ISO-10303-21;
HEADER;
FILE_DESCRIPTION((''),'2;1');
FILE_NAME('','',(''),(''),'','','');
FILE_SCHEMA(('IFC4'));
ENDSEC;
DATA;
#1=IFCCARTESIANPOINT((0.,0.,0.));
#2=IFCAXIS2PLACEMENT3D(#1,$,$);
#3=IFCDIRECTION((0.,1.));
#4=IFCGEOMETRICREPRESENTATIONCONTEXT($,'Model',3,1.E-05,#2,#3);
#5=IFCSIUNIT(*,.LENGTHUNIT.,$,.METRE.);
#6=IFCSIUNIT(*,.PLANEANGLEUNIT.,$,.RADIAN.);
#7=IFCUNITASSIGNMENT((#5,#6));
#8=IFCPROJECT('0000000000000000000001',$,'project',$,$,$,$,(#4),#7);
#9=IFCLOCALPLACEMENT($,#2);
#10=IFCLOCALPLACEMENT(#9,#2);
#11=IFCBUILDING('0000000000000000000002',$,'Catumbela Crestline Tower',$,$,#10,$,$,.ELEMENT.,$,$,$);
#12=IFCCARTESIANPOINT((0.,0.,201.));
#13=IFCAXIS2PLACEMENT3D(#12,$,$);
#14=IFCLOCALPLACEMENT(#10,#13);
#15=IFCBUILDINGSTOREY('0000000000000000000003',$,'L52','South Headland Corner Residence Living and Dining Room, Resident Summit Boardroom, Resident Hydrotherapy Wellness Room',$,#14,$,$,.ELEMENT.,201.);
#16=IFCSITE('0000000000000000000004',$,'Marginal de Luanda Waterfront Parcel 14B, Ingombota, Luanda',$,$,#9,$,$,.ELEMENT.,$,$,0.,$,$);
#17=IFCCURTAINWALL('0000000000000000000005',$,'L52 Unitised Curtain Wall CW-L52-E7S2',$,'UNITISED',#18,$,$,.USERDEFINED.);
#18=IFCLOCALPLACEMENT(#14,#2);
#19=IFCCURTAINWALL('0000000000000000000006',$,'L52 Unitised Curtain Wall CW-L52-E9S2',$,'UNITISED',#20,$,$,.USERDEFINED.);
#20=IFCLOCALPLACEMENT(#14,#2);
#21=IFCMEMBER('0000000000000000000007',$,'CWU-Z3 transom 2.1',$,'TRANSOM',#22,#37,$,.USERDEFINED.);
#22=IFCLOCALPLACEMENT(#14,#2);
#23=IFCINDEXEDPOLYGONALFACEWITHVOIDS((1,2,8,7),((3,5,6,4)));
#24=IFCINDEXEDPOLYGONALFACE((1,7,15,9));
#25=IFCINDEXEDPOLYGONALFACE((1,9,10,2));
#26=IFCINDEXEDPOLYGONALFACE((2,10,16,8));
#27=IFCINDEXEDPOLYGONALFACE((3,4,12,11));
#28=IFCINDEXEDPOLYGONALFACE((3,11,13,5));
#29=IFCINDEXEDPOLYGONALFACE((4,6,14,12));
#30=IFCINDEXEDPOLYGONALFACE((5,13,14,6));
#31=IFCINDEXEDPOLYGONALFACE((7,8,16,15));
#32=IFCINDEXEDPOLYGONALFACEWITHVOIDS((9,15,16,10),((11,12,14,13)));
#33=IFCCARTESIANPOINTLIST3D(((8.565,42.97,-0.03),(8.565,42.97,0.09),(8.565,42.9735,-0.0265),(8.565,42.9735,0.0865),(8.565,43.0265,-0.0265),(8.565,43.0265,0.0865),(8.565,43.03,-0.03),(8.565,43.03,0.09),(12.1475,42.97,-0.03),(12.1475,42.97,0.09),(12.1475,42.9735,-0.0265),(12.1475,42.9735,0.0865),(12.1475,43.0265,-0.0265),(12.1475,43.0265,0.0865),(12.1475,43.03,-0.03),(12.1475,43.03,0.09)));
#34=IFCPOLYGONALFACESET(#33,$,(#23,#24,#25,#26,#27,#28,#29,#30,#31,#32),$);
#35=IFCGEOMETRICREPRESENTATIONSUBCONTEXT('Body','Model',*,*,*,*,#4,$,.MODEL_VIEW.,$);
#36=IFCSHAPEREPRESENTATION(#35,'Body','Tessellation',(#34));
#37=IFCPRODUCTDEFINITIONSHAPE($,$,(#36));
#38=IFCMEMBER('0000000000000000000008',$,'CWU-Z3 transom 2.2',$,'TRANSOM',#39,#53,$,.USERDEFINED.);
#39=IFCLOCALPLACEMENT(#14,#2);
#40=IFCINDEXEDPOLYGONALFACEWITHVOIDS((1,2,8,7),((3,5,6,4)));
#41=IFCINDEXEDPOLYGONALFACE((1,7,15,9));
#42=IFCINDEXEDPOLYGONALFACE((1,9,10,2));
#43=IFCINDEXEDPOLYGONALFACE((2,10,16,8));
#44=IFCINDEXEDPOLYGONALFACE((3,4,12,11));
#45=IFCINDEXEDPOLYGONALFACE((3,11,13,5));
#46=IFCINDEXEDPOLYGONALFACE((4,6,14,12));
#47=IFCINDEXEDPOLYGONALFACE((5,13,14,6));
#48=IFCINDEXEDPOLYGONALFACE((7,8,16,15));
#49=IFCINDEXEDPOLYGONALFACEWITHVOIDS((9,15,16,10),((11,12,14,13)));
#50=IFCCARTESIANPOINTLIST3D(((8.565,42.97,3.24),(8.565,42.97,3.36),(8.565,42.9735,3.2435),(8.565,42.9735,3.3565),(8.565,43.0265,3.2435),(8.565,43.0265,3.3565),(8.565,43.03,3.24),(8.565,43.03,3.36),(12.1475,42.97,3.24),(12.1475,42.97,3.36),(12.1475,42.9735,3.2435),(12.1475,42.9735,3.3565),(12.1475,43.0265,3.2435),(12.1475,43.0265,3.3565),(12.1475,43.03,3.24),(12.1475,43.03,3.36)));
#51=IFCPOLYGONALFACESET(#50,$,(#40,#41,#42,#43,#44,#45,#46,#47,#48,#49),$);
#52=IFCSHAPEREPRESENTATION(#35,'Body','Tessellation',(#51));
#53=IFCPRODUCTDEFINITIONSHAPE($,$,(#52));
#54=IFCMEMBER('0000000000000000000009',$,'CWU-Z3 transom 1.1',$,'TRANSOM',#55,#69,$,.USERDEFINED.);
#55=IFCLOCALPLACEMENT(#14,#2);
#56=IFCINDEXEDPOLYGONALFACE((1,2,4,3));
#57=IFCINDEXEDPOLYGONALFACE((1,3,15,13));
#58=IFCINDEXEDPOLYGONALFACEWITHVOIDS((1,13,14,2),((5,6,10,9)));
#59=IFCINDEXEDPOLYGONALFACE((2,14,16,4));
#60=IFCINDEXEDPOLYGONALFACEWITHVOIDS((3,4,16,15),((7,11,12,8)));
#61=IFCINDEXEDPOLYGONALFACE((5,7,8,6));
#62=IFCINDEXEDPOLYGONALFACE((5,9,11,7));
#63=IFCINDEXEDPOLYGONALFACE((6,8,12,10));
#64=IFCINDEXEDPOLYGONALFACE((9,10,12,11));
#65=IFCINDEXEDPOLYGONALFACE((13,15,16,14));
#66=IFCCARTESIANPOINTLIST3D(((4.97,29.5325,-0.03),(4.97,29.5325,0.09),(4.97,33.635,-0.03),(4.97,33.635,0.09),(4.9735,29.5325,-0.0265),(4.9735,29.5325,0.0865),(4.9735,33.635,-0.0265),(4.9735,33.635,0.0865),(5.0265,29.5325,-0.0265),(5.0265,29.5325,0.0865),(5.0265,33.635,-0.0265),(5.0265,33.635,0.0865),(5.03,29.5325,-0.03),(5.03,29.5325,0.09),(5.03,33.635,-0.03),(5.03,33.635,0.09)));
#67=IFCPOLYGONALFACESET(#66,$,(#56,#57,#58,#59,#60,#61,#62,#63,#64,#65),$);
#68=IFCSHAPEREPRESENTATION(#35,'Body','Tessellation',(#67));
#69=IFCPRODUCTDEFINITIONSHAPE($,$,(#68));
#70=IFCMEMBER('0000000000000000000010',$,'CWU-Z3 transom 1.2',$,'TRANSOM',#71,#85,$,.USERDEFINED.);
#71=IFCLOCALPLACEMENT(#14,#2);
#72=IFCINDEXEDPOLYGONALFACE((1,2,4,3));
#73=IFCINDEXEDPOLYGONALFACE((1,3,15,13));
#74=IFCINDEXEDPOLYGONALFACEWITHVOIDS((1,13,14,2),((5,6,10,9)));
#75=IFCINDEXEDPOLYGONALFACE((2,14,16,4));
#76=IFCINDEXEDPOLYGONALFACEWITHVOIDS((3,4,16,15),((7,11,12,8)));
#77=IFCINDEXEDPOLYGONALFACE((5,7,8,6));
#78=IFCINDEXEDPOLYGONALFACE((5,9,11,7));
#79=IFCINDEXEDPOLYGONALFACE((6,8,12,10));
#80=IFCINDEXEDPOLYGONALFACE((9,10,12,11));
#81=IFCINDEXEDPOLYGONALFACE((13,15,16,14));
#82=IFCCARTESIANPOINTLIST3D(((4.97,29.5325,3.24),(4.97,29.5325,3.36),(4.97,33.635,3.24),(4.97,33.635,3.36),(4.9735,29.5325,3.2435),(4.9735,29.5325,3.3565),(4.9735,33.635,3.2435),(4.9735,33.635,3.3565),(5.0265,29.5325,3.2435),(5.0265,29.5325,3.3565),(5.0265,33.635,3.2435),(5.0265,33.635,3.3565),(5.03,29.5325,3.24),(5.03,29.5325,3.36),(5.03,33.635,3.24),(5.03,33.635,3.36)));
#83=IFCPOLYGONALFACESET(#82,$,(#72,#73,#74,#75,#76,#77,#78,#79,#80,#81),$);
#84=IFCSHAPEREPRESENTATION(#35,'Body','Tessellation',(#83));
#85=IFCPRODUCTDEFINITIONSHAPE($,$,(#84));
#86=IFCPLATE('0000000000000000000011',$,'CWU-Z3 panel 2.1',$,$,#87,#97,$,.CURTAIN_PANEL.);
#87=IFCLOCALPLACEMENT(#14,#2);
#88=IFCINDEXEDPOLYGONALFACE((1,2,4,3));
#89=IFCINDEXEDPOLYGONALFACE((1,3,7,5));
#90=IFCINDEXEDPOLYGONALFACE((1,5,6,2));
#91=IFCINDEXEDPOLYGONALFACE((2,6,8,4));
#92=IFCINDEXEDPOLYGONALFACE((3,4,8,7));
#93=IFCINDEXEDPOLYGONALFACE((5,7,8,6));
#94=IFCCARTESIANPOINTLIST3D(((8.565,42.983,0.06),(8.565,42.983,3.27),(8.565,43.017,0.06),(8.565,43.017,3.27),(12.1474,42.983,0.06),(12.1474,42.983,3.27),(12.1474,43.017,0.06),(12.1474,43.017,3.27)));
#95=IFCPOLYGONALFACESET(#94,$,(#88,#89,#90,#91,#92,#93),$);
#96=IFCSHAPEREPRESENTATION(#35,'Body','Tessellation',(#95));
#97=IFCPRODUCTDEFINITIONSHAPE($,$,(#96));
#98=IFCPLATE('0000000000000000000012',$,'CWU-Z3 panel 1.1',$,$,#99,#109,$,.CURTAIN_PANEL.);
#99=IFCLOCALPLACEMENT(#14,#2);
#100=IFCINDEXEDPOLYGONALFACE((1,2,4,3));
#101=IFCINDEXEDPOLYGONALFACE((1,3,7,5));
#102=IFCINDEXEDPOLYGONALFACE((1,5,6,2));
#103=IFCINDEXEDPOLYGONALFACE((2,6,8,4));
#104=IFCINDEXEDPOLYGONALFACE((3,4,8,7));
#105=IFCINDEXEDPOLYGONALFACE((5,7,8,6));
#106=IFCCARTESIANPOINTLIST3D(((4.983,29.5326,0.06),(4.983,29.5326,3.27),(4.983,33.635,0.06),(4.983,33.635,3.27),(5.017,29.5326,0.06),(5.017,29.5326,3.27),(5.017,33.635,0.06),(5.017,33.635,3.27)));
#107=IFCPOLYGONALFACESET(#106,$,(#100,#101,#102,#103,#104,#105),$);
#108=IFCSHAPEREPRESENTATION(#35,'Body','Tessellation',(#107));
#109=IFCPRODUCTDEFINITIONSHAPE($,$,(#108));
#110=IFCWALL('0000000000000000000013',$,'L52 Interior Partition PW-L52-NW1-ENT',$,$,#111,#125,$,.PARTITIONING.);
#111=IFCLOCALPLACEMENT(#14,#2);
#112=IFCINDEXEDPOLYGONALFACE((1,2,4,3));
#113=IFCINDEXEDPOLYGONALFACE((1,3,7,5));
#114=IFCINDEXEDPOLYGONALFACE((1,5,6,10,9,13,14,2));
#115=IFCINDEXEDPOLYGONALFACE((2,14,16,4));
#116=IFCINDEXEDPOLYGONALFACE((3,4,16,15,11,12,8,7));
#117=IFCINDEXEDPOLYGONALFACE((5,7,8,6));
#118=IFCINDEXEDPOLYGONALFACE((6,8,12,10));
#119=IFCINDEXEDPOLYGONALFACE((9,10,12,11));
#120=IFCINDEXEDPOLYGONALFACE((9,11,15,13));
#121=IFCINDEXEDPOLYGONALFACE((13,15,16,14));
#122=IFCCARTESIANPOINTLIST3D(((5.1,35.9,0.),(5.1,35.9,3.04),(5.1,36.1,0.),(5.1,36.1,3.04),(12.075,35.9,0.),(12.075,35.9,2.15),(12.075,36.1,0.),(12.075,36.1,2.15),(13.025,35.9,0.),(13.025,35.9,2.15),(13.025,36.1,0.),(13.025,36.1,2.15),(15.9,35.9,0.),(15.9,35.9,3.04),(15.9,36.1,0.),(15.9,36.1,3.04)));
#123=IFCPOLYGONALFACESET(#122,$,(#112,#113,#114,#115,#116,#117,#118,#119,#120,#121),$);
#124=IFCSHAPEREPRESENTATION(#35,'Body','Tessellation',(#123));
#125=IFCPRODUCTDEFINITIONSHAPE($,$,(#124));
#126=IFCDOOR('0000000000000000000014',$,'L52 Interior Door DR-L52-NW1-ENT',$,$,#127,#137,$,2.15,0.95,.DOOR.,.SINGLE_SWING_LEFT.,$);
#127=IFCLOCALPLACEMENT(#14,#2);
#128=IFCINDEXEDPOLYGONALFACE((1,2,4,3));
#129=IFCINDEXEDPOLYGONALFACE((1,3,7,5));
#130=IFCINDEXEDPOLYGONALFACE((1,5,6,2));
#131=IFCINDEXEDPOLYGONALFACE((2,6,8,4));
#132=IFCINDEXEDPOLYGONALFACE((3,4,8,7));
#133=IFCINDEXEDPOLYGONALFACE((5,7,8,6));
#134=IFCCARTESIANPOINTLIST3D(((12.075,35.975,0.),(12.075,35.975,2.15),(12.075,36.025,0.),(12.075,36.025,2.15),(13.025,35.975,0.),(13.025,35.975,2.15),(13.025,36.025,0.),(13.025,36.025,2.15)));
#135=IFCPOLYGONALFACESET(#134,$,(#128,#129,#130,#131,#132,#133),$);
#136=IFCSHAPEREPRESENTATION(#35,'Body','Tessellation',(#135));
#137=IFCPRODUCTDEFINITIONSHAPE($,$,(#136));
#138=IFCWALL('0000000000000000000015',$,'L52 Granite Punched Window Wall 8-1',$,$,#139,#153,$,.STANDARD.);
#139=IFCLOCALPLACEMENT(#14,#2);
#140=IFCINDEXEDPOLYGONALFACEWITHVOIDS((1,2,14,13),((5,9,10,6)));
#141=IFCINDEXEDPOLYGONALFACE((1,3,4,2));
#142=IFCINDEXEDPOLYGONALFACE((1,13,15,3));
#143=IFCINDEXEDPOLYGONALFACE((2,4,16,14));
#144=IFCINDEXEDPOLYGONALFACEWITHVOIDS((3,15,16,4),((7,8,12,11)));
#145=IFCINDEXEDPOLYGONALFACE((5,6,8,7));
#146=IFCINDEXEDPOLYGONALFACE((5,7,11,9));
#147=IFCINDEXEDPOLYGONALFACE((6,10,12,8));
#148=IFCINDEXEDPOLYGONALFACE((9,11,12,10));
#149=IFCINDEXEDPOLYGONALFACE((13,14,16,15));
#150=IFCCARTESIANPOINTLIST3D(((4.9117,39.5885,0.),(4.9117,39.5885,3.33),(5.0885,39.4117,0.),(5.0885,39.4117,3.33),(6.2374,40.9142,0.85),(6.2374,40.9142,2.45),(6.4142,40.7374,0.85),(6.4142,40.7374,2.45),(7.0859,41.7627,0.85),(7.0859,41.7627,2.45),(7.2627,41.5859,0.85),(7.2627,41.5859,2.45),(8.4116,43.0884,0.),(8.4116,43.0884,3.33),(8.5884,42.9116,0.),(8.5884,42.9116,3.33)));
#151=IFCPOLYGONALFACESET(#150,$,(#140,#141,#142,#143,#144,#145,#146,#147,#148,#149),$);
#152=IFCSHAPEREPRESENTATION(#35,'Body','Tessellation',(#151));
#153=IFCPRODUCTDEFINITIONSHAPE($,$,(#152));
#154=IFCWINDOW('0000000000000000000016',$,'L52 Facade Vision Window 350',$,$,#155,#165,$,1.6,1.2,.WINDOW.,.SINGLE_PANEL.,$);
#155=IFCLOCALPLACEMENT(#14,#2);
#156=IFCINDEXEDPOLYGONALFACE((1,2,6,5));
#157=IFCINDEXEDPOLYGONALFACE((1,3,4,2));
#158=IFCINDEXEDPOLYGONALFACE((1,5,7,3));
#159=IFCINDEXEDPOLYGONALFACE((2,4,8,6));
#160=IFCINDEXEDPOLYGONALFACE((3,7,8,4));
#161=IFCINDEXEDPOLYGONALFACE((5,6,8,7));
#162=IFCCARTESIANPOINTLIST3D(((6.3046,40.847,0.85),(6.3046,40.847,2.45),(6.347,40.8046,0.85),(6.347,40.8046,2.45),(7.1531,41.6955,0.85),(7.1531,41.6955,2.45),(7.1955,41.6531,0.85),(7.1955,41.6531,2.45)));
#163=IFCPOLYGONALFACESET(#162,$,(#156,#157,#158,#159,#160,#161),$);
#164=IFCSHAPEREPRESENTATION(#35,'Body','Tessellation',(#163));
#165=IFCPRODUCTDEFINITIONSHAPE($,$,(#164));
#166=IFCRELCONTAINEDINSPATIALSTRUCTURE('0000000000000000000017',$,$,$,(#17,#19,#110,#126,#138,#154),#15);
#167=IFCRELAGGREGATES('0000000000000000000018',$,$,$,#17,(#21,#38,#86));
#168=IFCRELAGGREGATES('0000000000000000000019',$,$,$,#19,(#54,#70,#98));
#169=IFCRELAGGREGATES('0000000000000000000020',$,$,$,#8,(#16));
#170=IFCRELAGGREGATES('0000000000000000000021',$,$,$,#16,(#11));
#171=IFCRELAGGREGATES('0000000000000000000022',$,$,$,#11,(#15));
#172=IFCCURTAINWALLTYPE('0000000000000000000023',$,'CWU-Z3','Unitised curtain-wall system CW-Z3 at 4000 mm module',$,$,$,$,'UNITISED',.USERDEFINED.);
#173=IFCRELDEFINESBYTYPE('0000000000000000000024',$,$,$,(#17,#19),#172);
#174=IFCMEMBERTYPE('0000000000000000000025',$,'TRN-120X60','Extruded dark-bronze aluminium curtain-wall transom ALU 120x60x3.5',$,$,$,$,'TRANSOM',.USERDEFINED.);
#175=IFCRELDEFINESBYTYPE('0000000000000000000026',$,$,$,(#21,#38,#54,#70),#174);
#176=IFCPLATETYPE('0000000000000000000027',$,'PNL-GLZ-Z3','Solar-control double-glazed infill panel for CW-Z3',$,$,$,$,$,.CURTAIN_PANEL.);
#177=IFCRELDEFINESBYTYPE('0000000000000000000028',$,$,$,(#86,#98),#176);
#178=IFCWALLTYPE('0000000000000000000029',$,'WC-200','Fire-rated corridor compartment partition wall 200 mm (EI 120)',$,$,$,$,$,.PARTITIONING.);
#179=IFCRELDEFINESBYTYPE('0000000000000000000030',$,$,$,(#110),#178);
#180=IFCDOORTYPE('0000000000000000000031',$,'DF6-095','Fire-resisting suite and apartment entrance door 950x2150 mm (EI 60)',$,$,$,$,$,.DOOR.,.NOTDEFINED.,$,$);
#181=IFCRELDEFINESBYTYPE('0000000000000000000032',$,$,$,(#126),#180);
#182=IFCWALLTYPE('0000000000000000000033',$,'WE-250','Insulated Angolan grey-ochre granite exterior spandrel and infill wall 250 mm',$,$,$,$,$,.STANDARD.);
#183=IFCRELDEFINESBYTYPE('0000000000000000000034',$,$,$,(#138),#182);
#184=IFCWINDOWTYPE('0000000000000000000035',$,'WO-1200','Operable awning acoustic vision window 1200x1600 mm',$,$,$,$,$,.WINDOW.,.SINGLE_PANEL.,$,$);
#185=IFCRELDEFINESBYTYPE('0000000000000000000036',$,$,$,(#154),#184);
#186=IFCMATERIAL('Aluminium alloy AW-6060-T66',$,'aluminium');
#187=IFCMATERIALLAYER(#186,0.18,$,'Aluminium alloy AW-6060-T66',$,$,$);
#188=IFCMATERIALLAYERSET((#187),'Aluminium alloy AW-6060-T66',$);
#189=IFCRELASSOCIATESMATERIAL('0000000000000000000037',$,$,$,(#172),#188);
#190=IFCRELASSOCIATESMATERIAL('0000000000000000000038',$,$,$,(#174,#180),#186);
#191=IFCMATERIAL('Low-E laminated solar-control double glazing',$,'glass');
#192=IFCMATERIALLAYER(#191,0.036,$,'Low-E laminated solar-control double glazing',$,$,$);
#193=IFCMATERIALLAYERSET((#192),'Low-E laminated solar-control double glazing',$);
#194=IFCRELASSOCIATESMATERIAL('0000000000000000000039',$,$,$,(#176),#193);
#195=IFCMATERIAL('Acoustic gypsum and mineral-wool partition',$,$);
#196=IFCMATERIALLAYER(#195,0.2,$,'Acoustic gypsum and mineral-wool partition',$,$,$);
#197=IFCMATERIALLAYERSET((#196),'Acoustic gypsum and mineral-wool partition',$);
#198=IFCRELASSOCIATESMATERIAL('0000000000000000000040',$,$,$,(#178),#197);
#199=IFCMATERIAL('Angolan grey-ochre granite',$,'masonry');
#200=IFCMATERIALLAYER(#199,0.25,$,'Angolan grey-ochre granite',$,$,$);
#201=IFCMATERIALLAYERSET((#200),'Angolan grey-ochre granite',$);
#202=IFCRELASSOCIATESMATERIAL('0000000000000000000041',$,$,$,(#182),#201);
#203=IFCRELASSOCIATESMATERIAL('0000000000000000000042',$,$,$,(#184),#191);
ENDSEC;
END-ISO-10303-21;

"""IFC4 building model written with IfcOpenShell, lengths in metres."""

from ifc_helpers import new_model, si_unit, direction, frame, frame_2d, origin, origin_2d, place, context, subcontext, project, spatial, rectangle, hollow_rectangle, extrude, material, layer, layer_set, material_profile, profile_set, type_object, element, fill, aggregate, save


model = new_model("IFC4")

# Units and contexts
model_context = context("Model", 3, precision=1e-05, world=origin(), true_north=direction((0.0, 1.0)))
body_context = subcontext(model_context, "Body", "Model", "MODEL_VIEW")
ifc_project = project(units=[si_unit("LENGTHUNIT", "METRE"), si_unit("PLANEANGLEUNIT", "RADIAN")], contexts=[model_context])

# Site, building, storey
site_placement = place(None, origin())
site = spatial("IfcSite", under=ifc_project, at=site_placement, Name="Marginal de Luanda Waterfront Parcel 14B, Ingombota, Luanda", CompositionType="ELEMENT", RefElevation=0.0)
building_placement = place(site_placement, origin())
building = spatial("IfcBuilding", under=site, at=building_placement, Name="Catumbela Crestline Tower", CompositionType="ELEMENT")
storey_placement = place(building_placement, frame((0.0, 0.0, 201.0)))
storey = spatial("IfcBuildingStorey", under=building, at=storey_placement, Name="L52", Description="South Headland Corner Residence Living and Dining Room, Resident Summit Boardroom, Resident Hydrotherapy Wellness Room", CompositionType="ELEMENT", Elevation=201.0)

# Curtain walls
ifc_material_1 = material(Name="Aluminium alloy AW-6060-T66", Category="aluminium")
ifc_layer_1 = layer(ifc_material_1, 0.18, Name="Aluminium alloy AW-6060-T66")
ifc_layer_set_1 = layer_set([ifc_layer_1], Name="Aluminium alloy AW-6060-T66")
curtain_wall_type = type_object("IfcCurtainWallType", Name="CWU-Z3", Description="Unitised curtain-wall system CW-Z3 at 4000 mm module", ElementType="UNITISED", PredefinedType="USERDEFINED", material=ifc_layer_set_1)
curtain_wall_1_placement = place(storey_placement, origin())
curtain_wall_1 = element("IfcCurtainWall", 1, at=curtain_wall_1_placement, inside=storey, type_object=curtain_wall_type, Name="L52 Unitised Curtain Wall CW-L52-E7S2", ObjectType="UNITISED", PredefinedType="USERDEFINED")
curtain_wall_2_placement = place(storey_placement, origin())
curtain_wall_2 = element("IfcCurtainWall", 2, at=curtain_wall_2_placement, inside=storey, type_object=curtain_wall_type, Name="L52 Unitised Curtain Wall CW-L52-E9S2", ObjectType="UNITISED", PredefinedType="USERDEFINED")

# Members
ifc_material_profile_1 = material_profile(ifc_material_1, hollow_rectangle(XDim=0.06, YDim=0.12, WallThickness=0.0035, at=origin_2d()), Name="ALU 120x60x3.5")
ifc_profile_set_1 = profile_set([ifc_material_profile_1], Name="Aluminium alloy AW-6060-T66")
member_type_1 = type_object("IfcMemberType", Name="TRN-120X60", Description="Extruded dark-bronze aluminium curtain-wall transom ALU 120x60x3.5", ElementType="TRANSOM", PredefinedType="USERDEFINED", material=ifc_profile_set_1)
member_1_placement = place(storey_placement, frame((12.1475, 43.0, 0.03), z_axis=(-1.0, 0.0, 0.0), x_axis=(0.0, -1.0, 0.0)))
member_1 = element("IfcMember", 3, at=member_1_placement, type_object=member_type_1, Name="CWU-Z3 transom 2.1", ObjectType="TRANSOM", PredefinedType="USERDEFINED", context=body_context, shape_type="SweptSolid", body=[
    extrude(hollow_rectangle(XDim=0.06, YDim=0.12, WallThickness=0.0035, at=origin_2d()), origin(), (0.0, 0.0, 1.0), 3.5825),
])
member_2_placement = place(storey_placement, frame((12.1475, 43.0, 3.3), z_axis=(-1.0, 0.0, 0.0), x_axis=(0.0, -1.0, 0.0)))
member_2 = element("IfcMember", 4, at=member_2_placement, type_object=member_type_1, Name="CWU-Z3 transom 2.2", ObjectType="TRANSOM", PredefinedType="USERDEFINED", context=body_context, shape_type="SweptSolid", body=[
    extrude(hollow_rectangle(XDim=0.06, YDim=0.12, WallThickness=0.0035, at=origin_2d()), origin(), (0.0, 0.0, 1.0), 3.5825),
])
member_3_placement = place(storey_placement, frame((5.0, 33.635, 0.03), z_axis=(0.0, -1.0, 0.0), x_axis=(1.0, 0.0, 0.0)))
member_3 = element("IfcMember", 5, at=member_3_placement, type_object=member_type_1, Name="CWU-Z3 transom 1.1", ObjectType="TRANSOM", PredefinedType="USERDEFINED", context=body_context, shape_type="SweptSolid", body=[
    extrude(hollow_rectangle(XDim=0.06, YDim=0.12, WallThickness=0.0035, at=origin_2d()), origin(), (0.0, 0.0, 1.0), 4.1025),
])
member_4_placement = place(storey_placement, frame((5.0, 33.635, 3.3), z_axis=(0.0, -1.0, 0.0), x_axis=(1.0, 0.0, 0.0)))
member_4 = element("IfcMember", 6, at=member_4_placement, type_object=member_type_1, Name="CWU-Z3 transom 1.2", ObjectType="TRANSOM", PredefinedType="USERDEFINED", context=body_context, shape_type="SweptSolid", body=[
    extrude(hollow_rectangle(XDim=0.06, YDim=0.12, WallThickness=0.0035, at=origin_2d()), origin(), (0.0, 0.0, 1.0), 4.1025),
])

# Plates
ifc_material_2 = material(Name="Low-E laminated solar-control double glazing", Category="glass")
ifc_layer_2 = layer(ifc_material_2, 0.036, Name="Low-E laminated solar-control double glazing")
ifc_layer_set_2 = layer_set([ifc_layer_2], Name="Low-E laminated solar-control double glazing")
plate_type = type_object("IfcPlateType", Name="PNL-GLZ-Z3", Description="Solar-control double-glazed infill panel for CW-Z3", PredefinedType="CURTAIN_PANEL", material=ifc_layer_set_2)
plate_1_placement = place(storey_placement, frame((10.3562, 43.0, 0.06), z_axis=(0.0, 0.0, 1.0), x_axis=(-1.0, 0.0, 0.0)))
plate_1 = element("IfcPlate", 7, at=plate_1_placement, type_object=plate_type, Name="CWU-Z3 panel 2.1", PredefinedType="CURTAIN_PANEL", context=body_context, shape_type="SweptSolid", body=[
    extrude(rectangle(XDim=3.5825, YDim=0.034, at=origin_2d()), origin(), (0.0, 0.0, 1.0), 3.21),
])
aggregate(curtain_wall_1, [member_1, member_2, plate_1])
plate_2_placement = place(storey_placement, frame((5.0, 31.5838, 0.06), z_axis=(0.0, 0.0, 1.0), x_axis=(0.0, -1.0, 0.0)))
plate_2 = element("IfcPlate", 8, at=plate_2_placement, type_object=plate_type, Name="CWU-Z3 panel 1.1", PredefinedType="CURTAIN_PANEL", context=body_context, shape_type="SweptSolid", body=[
    extrude(rectangle(XDim=4.1025, YDim=0.034, at=origin_2d()), origin(), (0.0, 0.0, 1.0), 3.21),
])
aggregate(curtain_wall_2, [member_3, member_4, plate_2])

# Wall, opening, door
ifc_material_3 = material(Name="Acoustic gypsum and mineral-wool partition")
ifc_layer_3 = layer(ifc_material_3, 0.2, Name="Acoustic gypsum and mineral-wool partition")
ifc_layer_set_3 = layer_set([ifc_layer_3], Name="Acoustic gypsum and mineral-wool partition")
wall_type_1 = type_object("IfcWallType", Name="WC-200", Description="Fire-rated corridor compartment partition wall 200 mm (EI 120)", PredefinedType="PARTITIONING", material=ifc_layer_set_3)
wall_1_placement = place(storey_placement, frame((5.1, 36.0, 0.0), z_axis=(0.0, 0.0, 1.0), x_axis=(1.0, 0.0, 0.0)))
wall_1 = element("IfcWall", 9, at=wall_1_placement, inside=storey, type_object=wall_type_1, Name="L52 Interior Partition PW-L52-NW1-ENT", PredefinedType="PARTITIONING", context=body_context, shape_type="SweptSolid", body=[
    extrude(rectangle(XDim=10.8, YDim=0.2, at=frame_2d((5.4, 0.0))), origin(), (0.0, 0.0, 1.0), 3.04),
])
opening_1_placement = place(wall_1_placement, frame((6.975, 0.0, 0.0)))
opening_1 = element("IfcOpeningElement", 10, at=opening_1_placement, cuts=wall_1, PredefinedType="OPENING", context=body_context, shape_type="SweptSolid", body=[
    extrude(rectangle(XDim=0.95, YDim=2.15, at=frame_2d((0.475, 1.075))), frame((0.0, 0.11, 0.0), z_axis=(0.0, -1.0, 0.0), x_axis=(1.0, 0.0, 0.0)), (0.0, 0.0, 1.0), 0.22),
])
door_type_1 = type_object("IfcDoorType", Name="DF6-095", Description="Fire-resisting suite and apartment entrance door 950x2150 mm (EI 60)", OperationType="NOTDEFINED", PredefinedType="DOOR", material=ifc_material_1)
door_1_placement = place(opening_1_placement, origin())
door_1 = element("IfcDoor", 11, at=door_1_placement, inside=storey, type_object=door_type_1, Name="L52 Interior Door DR-L52-NW1-ENT", OperationType="SINGLE_SWING_LEFT", OverallHeight=2.15, OverallWidth=0.95, PredefinedType="DOOR", context=body_context, shape_type="SweptSolid", body=[
    extrude(rectangle(XDim=0.95, YDim=2.15, at=frame_2d((0.475, 1.075))), frame((0.0, 0.025, 0.0), z_axis=(0.0, -1.0, 0.0), x_axis=(1.0, 0.0, 0.0)), (0.0, 0.0, 1.0), 0.05),
])
fill(opening_1, door_1)

# Wall, opening, window
ifc_material_4 = material(Name="Angolan grey-ochre granite", Category="masonry")
ifc_layer_4 = layer(ifc_material_4, 0.25, Name="Angolan grey-ochre granite")
ifc_layer_set_4 = layer_set([ifc_layer_4], Name="Angolan grey-ochre granite")
wall_type_2 = type_object("IfcWallType", Name="WE-250", Description="Insulated Angolan grey-ochre granite exterior spandrel and infill wall 250 mm", PredefinedType="STANDARD", material=ifc_layer_set_4)
wall_2_placement = place(storey_placement, frame((8.5, 43.0, 0.0), z_axis=(0.0, 0.0, 1.0), x_axis=(-0.707107, -0.707107, 0.0)))
wall_2 = element("IfcWall", 12, at=wall_2_placement, inside=storey, type_object=wall_type_2, Name="L52 Granite Punched Window Wall 8-1", PredefinedType="STANDARD", context=body_context, shape_type="SweptSolid", body=[
    extrude(rectangle(XDim=4.9497, YDim=0.25, at=frame_2d((2.4748, 0.0))), origin(), (0.0, 0.0, 1.0), 3.33),
])
opening_2_placement = place(wall_2_placement, frame((1.8748, 0.0, 0.85)))
opening_2 = element("IfcOpeningElement", 13, at=opening_2_placement, cuts=wall_2, PredefinedType="OPENING", context=body_context, shape_type="SweptSolid", body=[
    extrude(rectangle(XDim=1.2, YDim=1.6, at=frame_2d((0.6, 0.8))), frame((0.0, 0.135, 0.0), z_axis=(0.0, -1.0, 0.0), x_axis=(1.0, 0.0, 0.0)), (0.0, 0.0, 1.0), 0.27),
])
window_type = type_object("IfcWindowType", Name="WO-1200", Description="Operable awning acoustic vision window 1200x1600 mm", PartitioningType="SINGLE_PANEL", PredefinedType="WINDOW", material=ifc_material_2)
window_1_placement = place(opening_2_placement, origin())
window_1 = element("IfcWindow", 14, at=window_1_placement, inside=storey, type_object=window_type, Name="L52 Facade Vision Window 350", OverallHeight=1.6, OverallWidth=1.2, PartitioningType="SINGLE_PANEL", PredefinedType="WINDOW", context=body_context, shape_type="SweptSolid", body=[
    extrude(rectangle(XDim=1.2, YDim=1.6, at=frame_2d((0.6, 0.8))), frame((0.0, 0.03, 0.0), z_axis=(0.0, -1.0, 0.0), x_axis=(1.0, 0.0, 0.0)), (0.0, 0.0, 1.0), 0.06),
])
fill(opening_2, window_1)

save(model, "model.ifc")
